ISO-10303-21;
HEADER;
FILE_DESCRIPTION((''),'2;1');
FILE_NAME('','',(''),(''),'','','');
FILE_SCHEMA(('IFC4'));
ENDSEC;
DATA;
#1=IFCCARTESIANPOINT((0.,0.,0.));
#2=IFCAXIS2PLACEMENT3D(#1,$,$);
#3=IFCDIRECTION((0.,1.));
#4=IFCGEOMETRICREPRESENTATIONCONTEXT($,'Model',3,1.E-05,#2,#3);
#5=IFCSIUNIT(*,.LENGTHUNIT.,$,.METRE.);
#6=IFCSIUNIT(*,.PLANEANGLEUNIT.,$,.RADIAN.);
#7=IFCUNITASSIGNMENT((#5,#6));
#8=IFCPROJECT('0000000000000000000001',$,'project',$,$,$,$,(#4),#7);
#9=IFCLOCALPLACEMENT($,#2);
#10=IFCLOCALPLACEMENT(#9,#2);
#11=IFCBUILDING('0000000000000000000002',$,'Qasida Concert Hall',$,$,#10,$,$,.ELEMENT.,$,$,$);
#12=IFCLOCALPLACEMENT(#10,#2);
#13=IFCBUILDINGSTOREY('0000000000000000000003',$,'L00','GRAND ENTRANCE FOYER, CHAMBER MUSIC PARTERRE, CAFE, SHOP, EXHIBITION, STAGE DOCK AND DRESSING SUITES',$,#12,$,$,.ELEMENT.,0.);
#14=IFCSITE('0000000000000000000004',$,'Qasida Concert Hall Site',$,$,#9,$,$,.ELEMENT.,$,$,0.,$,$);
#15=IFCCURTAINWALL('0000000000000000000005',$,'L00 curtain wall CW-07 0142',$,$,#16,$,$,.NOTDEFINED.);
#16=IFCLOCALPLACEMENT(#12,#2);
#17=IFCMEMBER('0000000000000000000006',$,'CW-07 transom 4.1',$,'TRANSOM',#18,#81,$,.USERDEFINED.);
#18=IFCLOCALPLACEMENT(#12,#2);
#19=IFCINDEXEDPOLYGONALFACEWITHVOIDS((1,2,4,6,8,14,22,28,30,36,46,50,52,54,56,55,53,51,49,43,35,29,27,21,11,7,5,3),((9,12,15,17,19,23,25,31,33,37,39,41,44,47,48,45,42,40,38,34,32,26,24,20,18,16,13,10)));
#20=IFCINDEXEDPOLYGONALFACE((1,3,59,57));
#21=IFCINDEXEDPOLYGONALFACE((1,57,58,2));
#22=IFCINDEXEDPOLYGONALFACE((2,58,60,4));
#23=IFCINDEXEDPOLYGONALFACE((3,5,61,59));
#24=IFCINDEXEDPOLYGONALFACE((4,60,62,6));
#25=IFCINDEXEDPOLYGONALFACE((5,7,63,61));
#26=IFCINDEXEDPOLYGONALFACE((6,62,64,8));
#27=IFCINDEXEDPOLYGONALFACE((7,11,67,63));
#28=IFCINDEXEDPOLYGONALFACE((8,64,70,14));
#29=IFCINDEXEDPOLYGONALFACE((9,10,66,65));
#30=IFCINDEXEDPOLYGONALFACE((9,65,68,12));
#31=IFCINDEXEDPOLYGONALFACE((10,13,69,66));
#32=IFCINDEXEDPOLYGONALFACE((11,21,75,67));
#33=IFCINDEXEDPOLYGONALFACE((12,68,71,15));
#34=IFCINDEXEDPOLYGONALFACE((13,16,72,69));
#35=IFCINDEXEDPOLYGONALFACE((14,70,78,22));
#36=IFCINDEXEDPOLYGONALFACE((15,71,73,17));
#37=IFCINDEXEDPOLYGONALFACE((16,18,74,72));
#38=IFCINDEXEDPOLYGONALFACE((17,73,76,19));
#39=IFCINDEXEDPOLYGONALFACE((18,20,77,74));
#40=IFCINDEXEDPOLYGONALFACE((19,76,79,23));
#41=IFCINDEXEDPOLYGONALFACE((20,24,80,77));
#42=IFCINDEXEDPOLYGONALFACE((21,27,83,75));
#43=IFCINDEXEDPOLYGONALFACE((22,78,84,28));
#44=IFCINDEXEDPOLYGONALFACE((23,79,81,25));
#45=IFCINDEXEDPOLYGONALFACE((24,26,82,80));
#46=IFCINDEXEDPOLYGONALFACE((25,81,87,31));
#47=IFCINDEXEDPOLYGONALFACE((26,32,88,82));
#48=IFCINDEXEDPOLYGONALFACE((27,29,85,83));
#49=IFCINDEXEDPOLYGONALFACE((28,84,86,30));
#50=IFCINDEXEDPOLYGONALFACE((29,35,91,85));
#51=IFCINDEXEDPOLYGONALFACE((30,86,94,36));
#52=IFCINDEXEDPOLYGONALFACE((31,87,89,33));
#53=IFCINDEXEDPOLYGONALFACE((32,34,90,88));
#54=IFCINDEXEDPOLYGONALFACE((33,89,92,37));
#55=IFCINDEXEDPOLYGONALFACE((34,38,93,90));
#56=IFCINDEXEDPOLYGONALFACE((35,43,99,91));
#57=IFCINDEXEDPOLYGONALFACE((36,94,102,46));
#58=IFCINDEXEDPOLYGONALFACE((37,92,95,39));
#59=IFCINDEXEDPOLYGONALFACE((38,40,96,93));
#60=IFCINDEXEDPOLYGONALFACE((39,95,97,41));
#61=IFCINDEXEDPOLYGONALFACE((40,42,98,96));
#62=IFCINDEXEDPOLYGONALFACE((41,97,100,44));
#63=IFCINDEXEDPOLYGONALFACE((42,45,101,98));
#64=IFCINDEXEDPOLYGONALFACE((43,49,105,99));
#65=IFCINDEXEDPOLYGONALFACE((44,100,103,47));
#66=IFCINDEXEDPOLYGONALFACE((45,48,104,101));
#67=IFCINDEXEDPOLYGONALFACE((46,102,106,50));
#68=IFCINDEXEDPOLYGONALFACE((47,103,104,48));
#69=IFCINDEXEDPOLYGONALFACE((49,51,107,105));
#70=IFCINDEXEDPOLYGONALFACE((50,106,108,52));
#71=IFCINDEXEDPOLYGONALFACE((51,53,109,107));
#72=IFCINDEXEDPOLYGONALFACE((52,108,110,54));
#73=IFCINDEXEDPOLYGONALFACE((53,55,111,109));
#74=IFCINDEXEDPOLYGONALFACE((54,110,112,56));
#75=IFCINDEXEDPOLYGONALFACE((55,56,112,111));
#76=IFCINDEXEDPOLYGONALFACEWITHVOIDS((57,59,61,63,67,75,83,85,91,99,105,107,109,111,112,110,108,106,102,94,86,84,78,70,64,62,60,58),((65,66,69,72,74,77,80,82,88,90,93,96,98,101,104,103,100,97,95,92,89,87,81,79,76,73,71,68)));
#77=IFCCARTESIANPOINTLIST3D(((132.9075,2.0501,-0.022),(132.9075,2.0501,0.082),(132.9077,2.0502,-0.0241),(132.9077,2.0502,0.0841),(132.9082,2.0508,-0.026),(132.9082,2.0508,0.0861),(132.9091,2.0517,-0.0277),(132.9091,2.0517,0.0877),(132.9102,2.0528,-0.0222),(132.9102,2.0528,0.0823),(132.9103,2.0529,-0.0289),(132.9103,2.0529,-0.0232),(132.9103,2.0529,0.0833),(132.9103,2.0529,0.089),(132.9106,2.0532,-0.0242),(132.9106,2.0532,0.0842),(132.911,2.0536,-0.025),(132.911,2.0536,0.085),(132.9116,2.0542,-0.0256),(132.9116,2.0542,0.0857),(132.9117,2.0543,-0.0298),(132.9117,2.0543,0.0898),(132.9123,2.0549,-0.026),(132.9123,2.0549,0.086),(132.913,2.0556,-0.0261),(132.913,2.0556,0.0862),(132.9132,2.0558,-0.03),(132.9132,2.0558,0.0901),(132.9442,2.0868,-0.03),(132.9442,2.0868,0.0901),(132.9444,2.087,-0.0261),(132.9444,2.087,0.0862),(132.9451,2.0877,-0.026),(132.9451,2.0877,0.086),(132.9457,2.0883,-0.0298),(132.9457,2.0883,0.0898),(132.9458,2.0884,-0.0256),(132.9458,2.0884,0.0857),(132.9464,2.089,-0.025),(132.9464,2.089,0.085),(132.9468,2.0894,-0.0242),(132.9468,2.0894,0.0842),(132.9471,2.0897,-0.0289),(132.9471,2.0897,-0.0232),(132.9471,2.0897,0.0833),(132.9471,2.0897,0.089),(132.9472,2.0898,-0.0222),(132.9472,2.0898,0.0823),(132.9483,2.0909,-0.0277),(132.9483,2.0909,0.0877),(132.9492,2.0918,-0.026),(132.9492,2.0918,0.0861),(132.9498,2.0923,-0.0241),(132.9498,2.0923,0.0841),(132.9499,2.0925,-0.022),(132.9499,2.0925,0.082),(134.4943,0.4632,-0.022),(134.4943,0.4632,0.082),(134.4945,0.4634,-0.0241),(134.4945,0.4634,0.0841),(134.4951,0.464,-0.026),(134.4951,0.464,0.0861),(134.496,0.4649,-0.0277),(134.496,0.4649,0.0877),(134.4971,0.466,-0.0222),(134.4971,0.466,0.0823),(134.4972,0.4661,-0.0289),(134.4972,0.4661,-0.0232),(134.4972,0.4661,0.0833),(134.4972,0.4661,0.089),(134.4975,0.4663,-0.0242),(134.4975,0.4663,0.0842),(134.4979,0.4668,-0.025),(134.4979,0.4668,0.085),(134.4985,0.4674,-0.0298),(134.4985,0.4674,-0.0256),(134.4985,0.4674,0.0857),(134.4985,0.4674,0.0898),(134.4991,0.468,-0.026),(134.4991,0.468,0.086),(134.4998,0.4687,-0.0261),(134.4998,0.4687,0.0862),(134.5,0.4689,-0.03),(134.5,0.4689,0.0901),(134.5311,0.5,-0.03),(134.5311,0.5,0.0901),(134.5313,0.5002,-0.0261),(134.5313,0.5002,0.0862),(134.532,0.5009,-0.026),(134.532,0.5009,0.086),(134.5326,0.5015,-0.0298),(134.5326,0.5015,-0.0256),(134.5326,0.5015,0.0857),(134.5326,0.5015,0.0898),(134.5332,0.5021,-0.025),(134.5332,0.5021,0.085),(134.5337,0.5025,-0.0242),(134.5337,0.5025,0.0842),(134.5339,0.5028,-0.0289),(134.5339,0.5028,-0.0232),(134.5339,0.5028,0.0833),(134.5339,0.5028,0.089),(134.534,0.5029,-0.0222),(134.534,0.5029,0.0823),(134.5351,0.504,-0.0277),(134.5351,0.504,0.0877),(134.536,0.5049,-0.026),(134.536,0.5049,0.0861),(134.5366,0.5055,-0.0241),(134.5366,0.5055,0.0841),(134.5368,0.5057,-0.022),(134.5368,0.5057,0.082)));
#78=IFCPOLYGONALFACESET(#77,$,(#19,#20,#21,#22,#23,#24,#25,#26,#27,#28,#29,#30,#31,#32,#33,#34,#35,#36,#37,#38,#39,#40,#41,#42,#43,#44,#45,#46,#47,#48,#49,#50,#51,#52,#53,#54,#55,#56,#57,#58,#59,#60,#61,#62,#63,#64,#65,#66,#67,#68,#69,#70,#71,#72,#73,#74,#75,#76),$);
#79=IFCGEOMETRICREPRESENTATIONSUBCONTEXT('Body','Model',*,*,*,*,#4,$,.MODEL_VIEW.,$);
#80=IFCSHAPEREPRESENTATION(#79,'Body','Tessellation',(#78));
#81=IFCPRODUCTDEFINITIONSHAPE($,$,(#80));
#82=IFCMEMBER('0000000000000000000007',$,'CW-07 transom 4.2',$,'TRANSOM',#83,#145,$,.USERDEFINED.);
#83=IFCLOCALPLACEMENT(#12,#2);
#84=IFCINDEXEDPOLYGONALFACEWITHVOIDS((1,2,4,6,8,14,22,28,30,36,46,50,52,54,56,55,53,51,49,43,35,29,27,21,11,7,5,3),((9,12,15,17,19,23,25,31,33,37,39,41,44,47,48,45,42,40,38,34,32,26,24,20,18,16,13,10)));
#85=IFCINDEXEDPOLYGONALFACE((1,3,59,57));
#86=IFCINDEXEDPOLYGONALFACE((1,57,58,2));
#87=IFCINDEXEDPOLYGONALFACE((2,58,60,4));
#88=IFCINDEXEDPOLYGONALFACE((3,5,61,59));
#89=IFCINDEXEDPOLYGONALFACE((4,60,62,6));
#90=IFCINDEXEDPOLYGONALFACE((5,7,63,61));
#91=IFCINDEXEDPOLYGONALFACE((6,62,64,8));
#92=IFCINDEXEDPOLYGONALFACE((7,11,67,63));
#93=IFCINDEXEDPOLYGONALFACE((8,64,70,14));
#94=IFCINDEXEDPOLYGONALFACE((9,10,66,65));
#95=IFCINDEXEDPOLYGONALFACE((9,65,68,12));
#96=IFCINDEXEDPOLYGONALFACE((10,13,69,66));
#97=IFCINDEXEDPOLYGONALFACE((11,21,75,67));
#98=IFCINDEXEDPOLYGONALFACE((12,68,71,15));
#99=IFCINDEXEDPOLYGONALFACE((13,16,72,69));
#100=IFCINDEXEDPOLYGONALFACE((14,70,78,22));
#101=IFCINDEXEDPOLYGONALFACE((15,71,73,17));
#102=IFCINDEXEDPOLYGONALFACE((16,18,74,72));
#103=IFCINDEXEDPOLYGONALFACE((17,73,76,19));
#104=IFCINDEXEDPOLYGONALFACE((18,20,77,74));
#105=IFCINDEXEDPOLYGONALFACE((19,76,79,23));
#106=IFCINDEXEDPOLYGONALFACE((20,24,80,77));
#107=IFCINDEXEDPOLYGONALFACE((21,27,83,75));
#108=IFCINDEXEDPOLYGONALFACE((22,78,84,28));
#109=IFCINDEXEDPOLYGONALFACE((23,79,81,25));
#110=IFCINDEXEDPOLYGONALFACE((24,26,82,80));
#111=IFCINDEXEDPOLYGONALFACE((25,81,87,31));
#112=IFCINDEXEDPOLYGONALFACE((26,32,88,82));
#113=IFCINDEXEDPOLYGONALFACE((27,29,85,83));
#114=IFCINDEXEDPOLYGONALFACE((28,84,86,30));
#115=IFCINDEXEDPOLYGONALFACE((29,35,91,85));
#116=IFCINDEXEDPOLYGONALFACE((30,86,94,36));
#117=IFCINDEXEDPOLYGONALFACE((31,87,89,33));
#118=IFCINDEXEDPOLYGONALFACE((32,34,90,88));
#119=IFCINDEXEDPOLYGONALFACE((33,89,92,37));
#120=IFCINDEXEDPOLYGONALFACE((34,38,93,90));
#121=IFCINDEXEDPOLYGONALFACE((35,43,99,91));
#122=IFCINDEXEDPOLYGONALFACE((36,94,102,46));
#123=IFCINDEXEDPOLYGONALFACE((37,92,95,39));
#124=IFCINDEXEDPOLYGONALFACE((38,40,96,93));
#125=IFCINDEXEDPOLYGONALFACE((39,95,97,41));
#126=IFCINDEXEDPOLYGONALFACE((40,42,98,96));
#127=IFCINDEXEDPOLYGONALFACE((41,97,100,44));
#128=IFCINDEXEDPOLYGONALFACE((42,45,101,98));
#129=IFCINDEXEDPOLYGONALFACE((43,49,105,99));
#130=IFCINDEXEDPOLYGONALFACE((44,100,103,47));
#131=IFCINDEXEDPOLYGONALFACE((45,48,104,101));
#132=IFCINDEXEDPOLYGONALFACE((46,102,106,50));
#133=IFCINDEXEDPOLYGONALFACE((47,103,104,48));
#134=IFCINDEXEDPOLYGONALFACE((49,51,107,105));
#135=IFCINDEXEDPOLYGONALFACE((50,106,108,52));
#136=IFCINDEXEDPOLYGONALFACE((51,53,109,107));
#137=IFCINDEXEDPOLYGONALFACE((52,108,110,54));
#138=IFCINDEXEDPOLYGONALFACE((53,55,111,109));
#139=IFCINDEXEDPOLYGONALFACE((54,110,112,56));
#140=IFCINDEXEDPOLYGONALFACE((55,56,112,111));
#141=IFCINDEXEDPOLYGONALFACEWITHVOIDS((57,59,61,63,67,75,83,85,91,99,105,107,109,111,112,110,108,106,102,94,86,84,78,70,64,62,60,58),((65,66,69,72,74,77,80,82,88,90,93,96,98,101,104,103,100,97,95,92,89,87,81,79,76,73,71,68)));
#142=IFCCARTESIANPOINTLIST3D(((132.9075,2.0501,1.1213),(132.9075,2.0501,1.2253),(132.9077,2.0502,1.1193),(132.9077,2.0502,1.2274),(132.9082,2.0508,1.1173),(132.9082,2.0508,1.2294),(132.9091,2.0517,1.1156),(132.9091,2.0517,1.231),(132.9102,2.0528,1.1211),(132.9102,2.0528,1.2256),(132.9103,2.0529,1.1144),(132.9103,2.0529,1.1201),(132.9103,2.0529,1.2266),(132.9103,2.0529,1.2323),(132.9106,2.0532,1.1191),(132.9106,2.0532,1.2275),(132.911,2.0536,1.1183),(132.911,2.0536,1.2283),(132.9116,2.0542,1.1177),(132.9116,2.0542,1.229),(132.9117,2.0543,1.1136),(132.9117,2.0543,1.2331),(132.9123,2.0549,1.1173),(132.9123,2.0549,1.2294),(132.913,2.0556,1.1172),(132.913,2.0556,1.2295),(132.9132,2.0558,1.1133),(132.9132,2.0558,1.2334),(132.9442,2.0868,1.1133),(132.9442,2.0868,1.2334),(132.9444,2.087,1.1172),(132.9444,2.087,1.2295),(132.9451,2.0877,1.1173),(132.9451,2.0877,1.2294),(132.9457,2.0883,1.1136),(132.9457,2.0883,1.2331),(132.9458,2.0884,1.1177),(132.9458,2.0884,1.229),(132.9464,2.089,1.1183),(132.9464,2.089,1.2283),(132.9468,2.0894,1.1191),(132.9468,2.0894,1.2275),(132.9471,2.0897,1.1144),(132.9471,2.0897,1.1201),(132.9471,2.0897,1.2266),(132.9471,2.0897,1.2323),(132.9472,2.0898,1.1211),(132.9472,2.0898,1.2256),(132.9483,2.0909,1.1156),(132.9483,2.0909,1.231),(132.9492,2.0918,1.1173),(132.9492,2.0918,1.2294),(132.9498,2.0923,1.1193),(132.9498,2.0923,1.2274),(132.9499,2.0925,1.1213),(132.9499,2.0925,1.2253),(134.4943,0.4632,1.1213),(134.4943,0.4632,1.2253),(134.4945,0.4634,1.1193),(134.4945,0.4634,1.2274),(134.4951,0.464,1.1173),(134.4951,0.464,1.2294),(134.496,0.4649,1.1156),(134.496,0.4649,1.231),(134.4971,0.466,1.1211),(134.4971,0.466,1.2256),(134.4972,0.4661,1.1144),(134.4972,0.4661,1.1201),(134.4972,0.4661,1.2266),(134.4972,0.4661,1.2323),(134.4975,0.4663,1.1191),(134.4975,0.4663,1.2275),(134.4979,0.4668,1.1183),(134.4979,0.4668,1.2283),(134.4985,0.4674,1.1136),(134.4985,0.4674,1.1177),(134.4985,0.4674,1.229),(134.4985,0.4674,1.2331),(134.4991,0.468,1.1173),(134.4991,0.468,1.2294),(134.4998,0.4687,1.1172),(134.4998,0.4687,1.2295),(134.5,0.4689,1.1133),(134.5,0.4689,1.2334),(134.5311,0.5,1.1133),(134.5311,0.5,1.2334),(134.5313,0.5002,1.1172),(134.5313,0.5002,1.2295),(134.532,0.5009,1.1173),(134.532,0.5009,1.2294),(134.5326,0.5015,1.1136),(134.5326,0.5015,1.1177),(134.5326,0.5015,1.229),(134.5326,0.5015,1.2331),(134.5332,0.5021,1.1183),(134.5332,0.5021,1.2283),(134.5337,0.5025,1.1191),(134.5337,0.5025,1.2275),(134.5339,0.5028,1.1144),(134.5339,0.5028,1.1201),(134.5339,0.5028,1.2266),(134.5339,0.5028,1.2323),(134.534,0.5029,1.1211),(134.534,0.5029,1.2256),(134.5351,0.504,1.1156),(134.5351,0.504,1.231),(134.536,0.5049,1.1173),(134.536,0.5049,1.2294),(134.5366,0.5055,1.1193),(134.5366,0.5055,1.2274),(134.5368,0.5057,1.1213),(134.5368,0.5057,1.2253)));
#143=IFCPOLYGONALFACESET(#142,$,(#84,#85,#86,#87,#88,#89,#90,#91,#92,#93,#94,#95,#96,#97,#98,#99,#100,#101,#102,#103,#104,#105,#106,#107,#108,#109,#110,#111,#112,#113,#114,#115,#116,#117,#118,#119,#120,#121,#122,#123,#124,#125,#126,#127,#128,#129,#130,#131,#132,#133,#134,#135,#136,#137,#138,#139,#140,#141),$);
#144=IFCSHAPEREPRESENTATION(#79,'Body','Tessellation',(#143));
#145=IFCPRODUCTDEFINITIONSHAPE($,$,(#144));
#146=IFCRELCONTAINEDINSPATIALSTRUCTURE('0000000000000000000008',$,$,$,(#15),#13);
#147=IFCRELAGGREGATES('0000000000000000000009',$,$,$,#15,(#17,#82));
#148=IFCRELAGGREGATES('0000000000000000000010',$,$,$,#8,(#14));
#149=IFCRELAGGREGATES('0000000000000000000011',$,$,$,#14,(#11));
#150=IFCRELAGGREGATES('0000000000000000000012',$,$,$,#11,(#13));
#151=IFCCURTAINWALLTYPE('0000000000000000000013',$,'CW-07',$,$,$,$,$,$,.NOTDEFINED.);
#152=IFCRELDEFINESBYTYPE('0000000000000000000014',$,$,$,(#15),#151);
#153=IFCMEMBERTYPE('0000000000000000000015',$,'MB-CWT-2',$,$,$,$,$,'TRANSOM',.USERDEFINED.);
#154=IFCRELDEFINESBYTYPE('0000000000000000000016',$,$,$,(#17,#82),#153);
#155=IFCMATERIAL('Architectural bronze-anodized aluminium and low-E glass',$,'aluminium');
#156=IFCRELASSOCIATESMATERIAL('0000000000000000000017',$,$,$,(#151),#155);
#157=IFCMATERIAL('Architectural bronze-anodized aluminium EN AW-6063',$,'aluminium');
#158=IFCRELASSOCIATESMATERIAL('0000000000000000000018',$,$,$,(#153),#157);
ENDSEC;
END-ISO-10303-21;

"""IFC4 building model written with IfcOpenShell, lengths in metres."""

from ifc_helpers import new_model, si_unit, direction, frame, origin, origin_2d, place, context, subcontext, project, spatial, hollow_rectangle, extrude, material, material_profile, profile_set, type_object, element, aggregate, save


model = new_model("IFC4")

# Units and contexts
model_context = context("Model", 3, precision=1e-05, world=origin(), true_north=direction((0.0, 1.0)))
body_context = subcontext(model_context, "Body", "Model", "MODEL_VIEW")
ifc_project = project(units=[si_unit("LENGTHUNIT", "METRE"), si_unit("PLANEANGLEUNIT", "RADIAN")], contexts=[model_context])

# Site, building, storey
site_placement = place(None, origin())
site = spatial("IfcSite", under=ifc_project, at=site_placement, Name="Qasida Concert Hall Site", CompositionType="ELEMENT", RefElevation=0.0)
building_placement = place(site_placement, origin())
building = spatial("IfcBuilding", under=site, at=building_placement, Name="Qasida Concert Hall", CompositionType="ELEMENT")
storey_placement = place(building_placement, origin())
storey = spatial("IfcBuildingStorey", under=building, at=storey_placement, Name="L00", Description="GRAND ENTRANCE FOYER, CHAMBER MUSIC PARTERRE, CAFE, SHOP, EXHIBITION, STAGE DOCK AND DRESSING SUITES", CompositionType="ELEMENT", Elevation=0.0)

# Curtain wall, members
ifc_material_1 = material(Name="Architectural bronze-anodized aluminium and low-E glass", Category="aluminium")
curtain_wall_type = type_object("IfcCurtainWallType", Name="CW-07", PredefinedType="NOTDEFINED", material=ifc_material_1)
curtain_wall_placement = place(storey_placement, origin())
curtain_wall = element("IfcCurtainWall", 1, at=curtain_wall_placement, inside=storey, type_object=curtain_wall_type, Name="L00 curtain wall CW-07 0142", PredefinedType="NOTDEFINED")
ifc_material_2 = material(Name="Architectural bronze-anodized aluminium EN AW-6063", Category="aluminium")
ifc_material_profile_1 = material_profile(ifc_material_2, hollow_rectangle(XDim=0.0601, YDim=0.1201, WallThickness=0.0039, InnerFilletRadius=0.0039, OuterFilletRadius=0.0081, at=origin_2d()), Name="CWT 120x60x4")
ifc_profile_set_1 = profile_set([ifc_material_profile_1], Name="Architectural bronze-anodized aluminium EN AW-6063")
member_type_1 = type_object("IfcMemberType", Name="MB-CWT-2", ElementType="TRANSOM", PredefinedType="USERDEFINED", material=ifc_profile_set_1)
member_1_placement = place(storey_placement, frame((132.9287, 2.0713, 0.03), z_axis=(0.707107, -0.707107, 0.0), x_axis=(0.707107, 0.707107, 0.0)))
member_1 = element("IfcMember", 2, at=member_1_placement, type_object=member_type_1, Name="CW-07 transom 4.1", ObjectType="TRANSOM", PredefinedType="USERDEFINED", context=body_context, shape_type="SweptSolid", body=[
    extrude(hollow_rectangle(XDim=0.0601, YDim=0.1201, WallThickness=0.0039, InnerFilletRadius=0.0039, OuterFilletRadius=0.0081, at=origin_2d()), origin(), (0.0, 0.0, 1.0), 2.2441),
])
member_2_placement = place(storey_placement, frame((132.9287, 2.0713, 1.1733), z_axis=(0.707107, -0.707107, 0.0), x_axis=(0.707107, 0.707107, 0.0)))
member_2 = element("IfcMember", 3, at=member_2_placement, type_object=member_type_1, Name="CW-07 transom 4.2", ObjectType="TRANSOM", PredefinedType="USERDEFINED", context=body_context, shape_type="SweptSolid", body=[
    extrude(hollow_rectangle(XDim=0.0601, YDim=0.1201, WallThickness=0.0039, InnerFilletRadius=0.0039, OuterFilletRadius=0.0081, at=origin_2d()), origin(), (0.0, 0.0, 1.0), 2.2441),
])
aggregate(curtain_wall, [member_1, member_2])

save(model, "model.ifc")
